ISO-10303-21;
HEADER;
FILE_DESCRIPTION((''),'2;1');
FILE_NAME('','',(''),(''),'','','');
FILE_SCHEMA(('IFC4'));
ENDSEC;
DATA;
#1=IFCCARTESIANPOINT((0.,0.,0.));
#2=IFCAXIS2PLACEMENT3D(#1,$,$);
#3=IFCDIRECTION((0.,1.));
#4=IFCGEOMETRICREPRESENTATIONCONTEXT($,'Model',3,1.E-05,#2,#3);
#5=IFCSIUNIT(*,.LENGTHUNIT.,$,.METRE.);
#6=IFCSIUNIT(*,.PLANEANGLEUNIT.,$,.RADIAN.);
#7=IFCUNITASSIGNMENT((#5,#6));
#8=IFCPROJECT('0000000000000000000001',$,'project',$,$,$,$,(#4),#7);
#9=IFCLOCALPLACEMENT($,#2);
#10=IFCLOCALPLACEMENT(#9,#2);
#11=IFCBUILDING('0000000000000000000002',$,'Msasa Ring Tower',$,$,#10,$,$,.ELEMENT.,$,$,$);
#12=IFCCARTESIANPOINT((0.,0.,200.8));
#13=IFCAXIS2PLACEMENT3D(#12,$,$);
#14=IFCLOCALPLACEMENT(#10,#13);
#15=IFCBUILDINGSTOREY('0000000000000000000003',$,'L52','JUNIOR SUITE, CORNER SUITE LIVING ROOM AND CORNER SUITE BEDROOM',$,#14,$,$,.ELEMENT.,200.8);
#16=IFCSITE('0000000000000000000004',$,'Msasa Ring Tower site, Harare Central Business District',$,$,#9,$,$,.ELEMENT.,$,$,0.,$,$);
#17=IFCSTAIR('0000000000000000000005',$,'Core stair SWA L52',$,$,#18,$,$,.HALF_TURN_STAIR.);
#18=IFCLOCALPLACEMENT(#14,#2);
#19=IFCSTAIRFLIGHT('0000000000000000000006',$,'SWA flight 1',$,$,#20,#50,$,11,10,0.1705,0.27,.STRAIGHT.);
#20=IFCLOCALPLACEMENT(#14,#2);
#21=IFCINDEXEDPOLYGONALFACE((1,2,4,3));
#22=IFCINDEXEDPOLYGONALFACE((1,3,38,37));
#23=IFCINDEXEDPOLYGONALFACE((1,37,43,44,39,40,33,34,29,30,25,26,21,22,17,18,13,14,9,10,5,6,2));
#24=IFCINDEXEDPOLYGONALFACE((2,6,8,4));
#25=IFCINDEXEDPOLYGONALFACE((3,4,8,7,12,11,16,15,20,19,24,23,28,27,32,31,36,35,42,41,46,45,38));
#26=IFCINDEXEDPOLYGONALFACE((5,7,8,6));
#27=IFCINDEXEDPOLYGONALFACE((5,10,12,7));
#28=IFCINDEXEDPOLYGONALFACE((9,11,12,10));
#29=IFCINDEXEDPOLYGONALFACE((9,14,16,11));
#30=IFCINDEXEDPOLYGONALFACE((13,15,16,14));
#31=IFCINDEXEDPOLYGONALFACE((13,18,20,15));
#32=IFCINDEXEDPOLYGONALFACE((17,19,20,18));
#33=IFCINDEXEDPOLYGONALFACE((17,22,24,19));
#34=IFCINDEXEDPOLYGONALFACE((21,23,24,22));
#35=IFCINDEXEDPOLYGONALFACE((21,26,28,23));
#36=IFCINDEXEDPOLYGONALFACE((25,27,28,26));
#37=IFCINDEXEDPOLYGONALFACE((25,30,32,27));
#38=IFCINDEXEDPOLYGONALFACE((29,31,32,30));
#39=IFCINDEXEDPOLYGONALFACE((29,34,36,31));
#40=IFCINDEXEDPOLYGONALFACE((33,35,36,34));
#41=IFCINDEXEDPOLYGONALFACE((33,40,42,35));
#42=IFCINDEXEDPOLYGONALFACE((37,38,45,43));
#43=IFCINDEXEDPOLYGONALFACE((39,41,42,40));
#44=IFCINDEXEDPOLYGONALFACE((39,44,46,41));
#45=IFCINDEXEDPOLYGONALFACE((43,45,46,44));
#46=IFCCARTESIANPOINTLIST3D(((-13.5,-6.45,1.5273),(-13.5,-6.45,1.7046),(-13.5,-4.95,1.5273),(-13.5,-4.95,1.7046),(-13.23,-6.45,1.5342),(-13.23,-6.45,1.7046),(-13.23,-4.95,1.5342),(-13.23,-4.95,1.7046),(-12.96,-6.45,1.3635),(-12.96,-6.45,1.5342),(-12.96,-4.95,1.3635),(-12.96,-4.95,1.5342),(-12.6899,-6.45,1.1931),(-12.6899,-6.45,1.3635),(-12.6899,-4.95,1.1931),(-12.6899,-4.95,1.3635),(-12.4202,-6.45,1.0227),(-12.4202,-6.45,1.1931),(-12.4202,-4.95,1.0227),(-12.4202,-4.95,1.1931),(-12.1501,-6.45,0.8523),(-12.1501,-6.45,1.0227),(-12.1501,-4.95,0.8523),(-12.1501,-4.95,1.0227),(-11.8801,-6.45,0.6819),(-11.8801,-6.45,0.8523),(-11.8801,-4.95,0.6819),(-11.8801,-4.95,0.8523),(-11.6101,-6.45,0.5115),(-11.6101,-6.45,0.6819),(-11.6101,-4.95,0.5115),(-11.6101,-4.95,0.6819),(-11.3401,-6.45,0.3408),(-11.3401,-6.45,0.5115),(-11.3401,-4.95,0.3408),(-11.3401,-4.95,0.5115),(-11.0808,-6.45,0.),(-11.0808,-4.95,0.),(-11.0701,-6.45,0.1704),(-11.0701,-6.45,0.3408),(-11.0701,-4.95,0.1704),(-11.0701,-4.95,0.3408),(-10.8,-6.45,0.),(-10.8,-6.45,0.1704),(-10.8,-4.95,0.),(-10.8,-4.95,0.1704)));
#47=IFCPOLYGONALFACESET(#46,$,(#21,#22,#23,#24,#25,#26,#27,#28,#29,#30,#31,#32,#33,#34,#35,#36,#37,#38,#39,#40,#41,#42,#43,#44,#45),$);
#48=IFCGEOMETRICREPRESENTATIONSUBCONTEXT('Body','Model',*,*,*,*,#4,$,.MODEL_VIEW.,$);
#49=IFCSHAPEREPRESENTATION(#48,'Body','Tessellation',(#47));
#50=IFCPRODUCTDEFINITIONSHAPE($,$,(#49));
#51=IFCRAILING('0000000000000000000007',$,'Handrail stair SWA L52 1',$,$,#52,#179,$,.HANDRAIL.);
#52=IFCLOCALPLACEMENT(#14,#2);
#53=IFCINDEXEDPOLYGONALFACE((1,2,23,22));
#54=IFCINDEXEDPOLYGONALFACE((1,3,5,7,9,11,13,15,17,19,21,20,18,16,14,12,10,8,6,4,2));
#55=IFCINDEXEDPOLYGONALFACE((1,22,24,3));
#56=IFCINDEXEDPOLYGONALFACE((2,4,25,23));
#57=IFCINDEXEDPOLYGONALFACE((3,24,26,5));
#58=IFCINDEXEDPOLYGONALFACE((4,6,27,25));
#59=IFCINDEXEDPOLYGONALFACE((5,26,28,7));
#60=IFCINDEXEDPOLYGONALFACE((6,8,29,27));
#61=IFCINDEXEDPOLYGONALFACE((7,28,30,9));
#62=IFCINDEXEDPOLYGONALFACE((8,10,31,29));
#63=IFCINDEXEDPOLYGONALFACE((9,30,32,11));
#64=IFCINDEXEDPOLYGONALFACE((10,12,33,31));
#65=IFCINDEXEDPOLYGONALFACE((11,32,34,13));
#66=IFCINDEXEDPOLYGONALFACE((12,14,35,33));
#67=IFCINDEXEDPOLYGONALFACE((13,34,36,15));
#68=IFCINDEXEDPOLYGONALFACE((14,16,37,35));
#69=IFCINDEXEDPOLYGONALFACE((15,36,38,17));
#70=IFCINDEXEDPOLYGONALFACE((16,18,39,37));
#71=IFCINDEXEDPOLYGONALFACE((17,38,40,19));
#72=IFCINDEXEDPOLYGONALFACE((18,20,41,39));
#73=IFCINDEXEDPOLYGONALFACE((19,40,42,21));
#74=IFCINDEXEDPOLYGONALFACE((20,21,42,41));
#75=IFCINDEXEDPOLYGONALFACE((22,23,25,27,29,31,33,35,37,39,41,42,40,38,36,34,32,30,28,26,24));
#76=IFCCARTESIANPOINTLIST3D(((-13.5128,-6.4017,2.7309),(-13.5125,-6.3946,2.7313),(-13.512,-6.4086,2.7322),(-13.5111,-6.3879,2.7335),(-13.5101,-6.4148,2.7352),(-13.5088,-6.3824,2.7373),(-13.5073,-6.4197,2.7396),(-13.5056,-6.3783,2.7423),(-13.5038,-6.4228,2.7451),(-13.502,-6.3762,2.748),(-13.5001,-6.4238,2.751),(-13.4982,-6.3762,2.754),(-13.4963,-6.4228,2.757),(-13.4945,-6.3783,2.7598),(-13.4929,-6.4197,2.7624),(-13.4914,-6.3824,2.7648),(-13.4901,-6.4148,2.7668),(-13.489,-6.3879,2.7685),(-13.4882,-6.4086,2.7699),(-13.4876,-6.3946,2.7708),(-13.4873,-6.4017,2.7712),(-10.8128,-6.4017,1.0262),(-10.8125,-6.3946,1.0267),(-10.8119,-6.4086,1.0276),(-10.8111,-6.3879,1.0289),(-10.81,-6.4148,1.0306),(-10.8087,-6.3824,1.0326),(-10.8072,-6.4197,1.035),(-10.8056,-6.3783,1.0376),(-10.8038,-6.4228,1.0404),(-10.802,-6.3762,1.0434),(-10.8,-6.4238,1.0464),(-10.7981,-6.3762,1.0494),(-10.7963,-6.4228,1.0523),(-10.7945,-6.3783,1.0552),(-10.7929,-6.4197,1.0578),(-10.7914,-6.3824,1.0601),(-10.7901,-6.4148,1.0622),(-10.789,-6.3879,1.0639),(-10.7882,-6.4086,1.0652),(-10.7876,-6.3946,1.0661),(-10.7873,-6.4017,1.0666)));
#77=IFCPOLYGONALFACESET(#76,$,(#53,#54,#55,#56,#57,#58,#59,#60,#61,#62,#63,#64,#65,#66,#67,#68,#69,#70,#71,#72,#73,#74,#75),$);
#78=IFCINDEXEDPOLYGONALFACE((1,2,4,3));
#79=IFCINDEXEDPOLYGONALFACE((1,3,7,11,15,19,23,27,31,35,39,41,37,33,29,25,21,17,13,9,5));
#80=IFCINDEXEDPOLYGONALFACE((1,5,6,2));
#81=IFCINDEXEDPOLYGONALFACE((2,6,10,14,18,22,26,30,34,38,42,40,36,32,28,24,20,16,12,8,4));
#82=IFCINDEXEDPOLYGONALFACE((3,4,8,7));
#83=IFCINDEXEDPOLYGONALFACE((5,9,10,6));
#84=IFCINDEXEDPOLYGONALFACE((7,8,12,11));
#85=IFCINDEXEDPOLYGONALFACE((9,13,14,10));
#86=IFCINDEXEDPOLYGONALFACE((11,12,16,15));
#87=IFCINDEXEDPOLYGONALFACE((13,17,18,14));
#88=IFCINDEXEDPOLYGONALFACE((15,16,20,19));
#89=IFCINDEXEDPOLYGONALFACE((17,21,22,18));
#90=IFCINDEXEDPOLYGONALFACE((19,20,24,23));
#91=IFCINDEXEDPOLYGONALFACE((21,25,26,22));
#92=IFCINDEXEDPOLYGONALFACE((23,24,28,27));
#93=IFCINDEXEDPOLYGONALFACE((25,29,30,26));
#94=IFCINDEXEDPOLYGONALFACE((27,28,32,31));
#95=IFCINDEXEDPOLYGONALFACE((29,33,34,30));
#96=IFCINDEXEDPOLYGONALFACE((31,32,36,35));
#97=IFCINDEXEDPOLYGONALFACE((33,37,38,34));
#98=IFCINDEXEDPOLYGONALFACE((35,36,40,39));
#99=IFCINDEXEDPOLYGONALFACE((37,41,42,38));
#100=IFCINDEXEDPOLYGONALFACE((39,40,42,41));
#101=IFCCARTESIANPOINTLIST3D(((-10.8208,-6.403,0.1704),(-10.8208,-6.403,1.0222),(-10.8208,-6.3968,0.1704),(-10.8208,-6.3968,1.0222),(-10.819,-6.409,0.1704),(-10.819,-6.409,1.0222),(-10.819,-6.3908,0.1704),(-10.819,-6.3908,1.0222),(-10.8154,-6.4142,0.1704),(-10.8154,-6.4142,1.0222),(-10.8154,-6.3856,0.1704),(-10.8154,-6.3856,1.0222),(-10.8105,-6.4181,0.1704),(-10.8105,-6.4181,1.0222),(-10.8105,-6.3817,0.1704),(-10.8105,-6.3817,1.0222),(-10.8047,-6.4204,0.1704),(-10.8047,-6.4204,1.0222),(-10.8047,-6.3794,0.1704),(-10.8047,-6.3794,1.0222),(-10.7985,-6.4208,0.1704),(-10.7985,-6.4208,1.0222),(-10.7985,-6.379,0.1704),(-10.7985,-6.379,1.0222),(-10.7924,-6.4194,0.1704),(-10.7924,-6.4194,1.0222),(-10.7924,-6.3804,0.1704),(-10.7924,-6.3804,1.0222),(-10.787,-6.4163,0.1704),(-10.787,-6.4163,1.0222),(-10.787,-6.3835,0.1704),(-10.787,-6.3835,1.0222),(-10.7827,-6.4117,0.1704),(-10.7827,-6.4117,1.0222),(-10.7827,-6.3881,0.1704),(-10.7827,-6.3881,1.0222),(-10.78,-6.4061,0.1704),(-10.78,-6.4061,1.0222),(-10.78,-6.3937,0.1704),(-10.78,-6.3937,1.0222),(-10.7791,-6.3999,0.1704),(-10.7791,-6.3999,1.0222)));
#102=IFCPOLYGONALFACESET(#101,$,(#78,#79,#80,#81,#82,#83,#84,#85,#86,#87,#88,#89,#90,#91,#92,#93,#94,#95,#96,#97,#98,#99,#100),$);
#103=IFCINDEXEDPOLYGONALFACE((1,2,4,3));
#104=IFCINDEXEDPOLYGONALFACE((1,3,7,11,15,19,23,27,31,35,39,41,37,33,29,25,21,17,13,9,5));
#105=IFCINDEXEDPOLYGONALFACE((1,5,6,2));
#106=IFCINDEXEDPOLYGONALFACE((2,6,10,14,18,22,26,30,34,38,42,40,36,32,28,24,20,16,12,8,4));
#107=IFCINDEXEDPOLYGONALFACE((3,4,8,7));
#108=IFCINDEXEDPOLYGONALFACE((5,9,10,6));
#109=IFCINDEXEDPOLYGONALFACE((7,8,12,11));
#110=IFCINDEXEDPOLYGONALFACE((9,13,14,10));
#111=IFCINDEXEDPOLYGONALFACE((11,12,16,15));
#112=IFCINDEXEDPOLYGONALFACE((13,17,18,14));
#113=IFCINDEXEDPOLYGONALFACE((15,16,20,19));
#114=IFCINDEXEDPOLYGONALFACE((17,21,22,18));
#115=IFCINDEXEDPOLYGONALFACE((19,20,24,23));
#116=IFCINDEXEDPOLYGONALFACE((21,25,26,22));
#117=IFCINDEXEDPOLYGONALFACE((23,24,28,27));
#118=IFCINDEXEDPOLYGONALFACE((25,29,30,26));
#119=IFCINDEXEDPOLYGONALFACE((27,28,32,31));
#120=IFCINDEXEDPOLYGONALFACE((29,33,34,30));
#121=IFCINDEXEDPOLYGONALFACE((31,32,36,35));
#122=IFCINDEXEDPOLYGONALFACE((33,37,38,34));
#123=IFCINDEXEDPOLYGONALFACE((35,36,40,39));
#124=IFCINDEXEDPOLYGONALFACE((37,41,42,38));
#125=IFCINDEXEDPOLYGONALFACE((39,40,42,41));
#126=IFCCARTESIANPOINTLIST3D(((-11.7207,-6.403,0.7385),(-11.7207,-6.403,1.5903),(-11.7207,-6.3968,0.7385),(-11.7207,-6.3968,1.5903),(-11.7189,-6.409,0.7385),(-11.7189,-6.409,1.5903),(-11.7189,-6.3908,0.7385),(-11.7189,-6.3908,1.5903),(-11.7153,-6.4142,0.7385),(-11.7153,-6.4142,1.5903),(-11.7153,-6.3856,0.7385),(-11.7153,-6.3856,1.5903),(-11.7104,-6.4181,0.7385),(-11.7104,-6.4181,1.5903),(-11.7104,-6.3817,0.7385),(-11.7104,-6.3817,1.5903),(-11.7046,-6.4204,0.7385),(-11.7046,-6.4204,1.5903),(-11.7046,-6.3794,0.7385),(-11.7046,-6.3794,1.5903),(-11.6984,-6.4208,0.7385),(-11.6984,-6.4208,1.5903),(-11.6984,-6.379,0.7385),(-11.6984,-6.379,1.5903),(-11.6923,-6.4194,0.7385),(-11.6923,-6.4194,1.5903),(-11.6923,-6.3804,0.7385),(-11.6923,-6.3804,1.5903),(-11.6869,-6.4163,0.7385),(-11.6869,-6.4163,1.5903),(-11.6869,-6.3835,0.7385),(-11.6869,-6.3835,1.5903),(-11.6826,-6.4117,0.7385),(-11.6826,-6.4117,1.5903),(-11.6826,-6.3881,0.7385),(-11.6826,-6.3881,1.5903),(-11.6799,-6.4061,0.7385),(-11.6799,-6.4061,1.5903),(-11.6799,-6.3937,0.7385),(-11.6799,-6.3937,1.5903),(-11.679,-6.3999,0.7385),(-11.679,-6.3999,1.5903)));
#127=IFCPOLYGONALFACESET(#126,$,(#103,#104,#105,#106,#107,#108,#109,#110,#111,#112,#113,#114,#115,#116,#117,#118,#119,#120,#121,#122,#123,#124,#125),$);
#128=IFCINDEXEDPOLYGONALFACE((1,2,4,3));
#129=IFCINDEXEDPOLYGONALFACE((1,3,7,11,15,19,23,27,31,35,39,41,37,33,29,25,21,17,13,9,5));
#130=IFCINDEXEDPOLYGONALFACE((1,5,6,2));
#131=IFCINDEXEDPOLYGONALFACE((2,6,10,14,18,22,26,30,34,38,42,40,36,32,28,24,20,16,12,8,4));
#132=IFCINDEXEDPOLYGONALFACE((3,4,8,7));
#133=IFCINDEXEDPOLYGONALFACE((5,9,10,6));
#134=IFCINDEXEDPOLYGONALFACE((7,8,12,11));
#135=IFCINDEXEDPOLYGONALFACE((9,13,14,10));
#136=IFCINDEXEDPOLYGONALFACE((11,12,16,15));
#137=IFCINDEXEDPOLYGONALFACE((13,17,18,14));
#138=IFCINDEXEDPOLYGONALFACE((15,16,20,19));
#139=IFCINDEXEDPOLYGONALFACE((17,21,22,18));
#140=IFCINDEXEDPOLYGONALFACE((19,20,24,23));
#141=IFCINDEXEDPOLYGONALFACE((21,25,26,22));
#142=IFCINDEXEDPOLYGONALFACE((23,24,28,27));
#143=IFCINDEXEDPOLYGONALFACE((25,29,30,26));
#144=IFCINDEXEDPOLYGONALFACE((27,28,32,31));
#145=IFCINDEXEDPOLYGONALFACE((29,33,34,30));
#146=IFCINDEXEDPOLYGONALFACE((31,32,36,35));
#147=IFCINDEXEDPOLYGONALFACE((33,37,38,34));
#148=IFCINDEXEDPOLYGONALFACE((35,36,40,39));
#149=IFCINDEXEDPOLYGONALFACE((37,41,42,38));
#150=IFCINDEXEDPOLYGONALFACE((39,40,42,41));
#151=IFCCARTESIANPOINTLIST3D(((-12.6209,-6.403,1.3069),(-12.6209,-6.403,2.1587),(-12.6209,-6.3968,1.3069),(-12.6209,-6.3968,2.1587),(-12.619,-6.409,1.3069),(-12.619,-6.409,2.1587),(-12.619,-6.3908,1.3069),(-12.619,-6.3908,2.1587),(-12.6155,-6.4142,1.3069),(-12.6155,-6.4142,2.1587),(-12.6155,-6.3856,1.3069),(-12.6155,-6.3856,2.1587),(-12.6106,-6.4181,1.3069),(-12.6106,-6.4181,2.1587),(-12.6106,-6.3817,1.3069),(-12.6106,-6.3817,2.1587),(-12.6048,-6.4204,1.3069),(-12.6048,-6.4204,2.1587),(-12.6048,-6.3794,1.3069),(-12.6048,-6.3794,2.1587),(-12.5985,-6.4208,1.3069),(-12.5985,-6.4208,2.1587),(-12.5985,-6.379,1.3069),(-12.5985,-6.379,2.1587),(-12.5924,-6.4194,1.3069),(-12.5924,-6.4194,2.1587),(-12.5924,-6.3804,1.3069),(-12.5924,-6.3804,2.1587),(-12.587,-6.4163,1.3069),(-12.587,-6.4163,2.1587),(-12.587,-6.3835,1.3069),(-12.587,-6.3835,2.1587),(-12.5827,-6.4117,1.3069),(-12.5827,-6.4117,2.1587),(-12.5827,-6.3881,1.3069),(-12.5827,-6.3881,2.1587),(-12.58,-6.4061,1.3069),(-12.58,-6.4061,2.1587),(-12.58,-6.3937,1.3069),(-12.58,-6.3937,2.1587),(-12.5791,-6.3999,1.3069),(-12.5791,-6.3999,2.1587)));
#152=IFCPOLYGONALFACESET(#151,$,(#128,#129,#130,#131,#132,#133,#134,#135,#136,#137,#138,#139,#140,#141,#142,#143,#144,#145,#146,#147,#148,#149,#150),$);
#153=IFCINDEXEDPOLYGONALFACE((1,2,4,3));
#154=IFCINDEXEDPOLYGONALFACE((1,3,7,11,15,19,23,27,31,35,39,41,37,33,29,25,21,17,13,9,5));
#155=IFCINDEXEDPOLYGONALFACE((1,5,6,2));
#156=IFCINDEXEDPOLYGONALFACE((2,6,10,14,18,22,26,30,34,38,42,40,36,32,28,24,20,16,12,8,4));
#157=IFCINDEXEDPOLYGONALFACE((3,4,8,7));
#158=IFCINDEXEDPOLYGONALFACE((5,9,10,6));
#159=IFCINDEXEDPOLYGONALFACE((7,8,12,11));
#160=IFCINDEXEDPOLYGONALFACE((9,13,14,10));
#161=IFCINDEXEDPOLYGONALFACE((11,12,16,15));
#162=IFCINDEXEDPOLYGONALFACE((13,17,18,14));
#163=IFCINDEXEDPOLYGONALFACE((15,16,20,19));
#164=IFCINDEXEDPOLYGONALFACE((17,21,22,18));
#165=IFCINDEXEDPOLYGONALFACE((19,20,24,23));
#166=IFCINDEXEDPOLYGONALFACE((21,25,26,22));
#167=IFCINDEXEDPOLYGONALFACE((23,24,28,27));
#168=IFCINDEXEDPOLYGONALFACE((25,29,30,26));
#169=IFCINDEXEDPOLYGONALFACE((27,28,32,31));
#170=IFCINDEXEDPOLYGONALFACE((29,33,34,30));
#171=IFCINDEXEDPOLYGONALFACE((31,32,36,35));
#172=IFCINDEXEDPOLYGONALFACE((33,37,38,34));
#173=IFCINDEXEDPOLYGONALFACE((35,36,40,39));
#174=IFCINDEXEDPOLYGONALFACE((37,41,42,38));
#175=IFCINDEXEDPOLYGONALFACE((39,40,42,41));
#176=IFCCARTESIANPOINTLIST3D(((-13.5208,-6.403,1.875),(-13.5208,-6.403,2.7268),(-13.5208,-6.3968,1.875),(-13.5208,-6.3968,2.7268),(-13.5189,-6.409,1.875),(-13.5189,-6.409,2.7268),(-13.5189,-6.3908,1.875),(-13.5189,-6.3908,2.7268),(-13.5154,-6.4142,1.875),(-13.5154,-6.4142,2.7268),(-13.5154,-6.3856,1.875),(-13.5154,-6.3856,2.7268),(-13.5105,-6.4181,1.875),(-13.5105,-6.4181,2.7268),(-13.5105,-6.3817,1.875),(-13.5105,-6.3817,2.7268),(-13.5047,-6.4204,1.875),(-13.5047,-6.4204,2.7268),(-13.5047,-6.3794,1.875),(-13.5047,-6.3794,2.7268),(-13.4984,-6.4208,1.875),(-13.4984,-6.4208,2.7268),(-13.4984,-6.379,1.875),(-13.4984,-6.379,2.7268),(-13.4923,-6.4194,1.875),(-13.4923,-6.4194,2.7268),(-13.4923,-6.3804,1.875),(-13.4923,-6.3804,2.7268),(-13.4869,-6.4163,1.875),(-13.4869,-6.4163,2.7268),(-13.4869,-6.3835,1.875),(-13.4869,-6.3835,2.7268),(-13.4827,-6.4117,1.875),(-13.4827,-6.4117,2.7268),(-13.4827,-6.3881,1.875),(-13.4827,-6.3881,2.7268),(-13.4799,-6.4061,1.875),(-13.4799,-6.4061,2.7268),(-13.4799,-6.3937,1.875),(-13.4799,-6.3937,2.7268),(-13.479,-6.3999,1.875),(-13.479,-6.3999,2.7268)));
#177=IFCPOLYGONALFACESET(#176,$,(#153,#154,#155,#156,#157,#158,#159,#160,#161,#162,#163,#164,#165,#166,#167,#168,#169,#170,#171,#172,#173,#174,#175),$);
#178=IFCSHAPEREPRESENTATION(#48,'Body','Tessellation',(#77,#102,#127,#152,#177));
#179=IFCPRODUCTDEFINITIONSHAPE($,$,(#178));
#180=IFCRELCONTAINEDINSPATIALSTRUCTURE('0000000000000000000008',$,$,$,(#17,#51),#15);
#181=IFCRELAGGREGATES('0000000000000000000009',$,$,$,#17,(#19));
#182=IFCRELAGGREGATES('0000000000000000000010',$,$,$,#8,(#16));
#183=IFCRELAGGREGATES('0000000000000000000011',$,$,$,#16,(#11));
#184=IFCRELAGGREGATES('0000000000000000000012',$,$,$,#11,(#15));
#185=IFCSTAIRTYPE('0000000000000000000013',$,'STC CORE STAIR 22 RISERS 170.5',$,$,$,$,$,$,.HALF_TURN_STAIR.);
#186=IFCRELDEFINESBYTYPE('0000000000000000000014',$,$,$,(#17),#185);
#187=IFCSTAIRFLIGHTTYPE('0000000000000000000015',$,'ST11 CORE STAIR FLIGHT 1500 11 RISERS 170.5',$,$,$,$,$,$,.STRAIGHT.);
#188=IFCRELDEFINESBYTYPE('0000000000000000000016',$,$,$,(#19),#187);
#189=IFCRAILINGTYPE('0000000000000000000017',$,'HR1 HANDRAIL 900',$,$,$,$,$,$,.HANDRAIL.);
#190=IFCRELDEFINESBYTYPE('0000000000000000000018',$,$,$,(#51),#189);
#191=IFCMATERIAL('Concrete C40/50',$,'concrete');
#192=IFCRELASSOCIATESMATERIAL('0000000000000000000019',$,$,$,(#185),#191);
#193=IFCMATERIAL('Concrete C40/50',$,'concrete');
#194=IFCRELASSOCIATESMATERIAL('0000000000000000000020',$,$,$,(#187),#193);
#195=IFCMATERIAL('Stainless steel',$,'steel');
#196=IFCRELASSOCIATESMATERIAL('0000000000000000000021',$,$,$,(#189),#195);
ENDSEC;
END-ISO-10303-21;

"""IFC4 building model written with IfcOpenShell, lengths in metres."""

from ifc_helpers import new_model, si_unit, direction, frame, origin, origin_2d, place, context, subcontext, project, spatial, polyline, circle, outline, extrude, material, type_object, element, aggregate, save


model = new_model("IFC4")

# Units and contexts
model_context = context("Model", 3, precision=1e-05, world=origin(), true_north=direction((0.0, 1.0)))
body_context = subcontext(model_context, "Body", "Model", "MODEL_VIEW")
ifc_project = project(units=[si_unit("LENGTHUNIT", "METRE"), si_unit("PLANEANGLEUNIT", "RADIAN")], contexts=[model_context])

# Site, building, storey
site_placement = place(None, origin())
site = spatial("IfcSite", under=ifc_project, at=site_placement, Name="Msasa Ring Tower site, Harare Central Business District", CompositionType="ELEMENT", RefElevation=0.0)
building_placement = place(site_placement, origin())
building = spatial("IfcBuilding", under=site, at=building_placement, Name="Msasa Ring Tower", CompositionType="ELEMENT")
storey_placement = place(building_placement, frame((0.0, 0.0, 200.8)))
storey = spatial("IfcBuildingStorey", under=building, at=storey_placement, Name="L52", Description="JUNIOR SUITE, CORNER SUITE LIVING ROOM AND CORNER SUITE BEDROOM", CompositionType="ELEMENT", Elevation=200.8)

# Stair, stair flight
ifc_material_1 = material(Name="Concrete C40/50", Category="concrete")
stair_type = type_object("IfcStairType", Name="STC CORE STAIR 22 RISERS 170.5", PredefinedType="HALF_TURN_STAIR", material=ifc_material_1)
stair_placement = place(storey_placement, origin())
stair = element("IfcStair", 1, at=stair_placement, inside=storey, type_object=stair_type, Name="Core stair SWA L52", PredefinedType="HALF_TURN_STAIR")
ifc_material_2 = material(Name="Concrete C40/50", Category="concrete")
stair_flight_type = type_object("IfcStairFlightType", Name="ST11 CORE STAIR FLIGHT 1500 11 RISERS 170.5", PredefinedType="STRAIGHT", material=ifc_material_2)
stair_flight_placement = place(storey_placement, frame((-10.8, -5.7, 0.0), z_axis=(0.0, 0.0, 1.0), x_axis=(-1.0, 0.0, 0.0)))
stair_flight = element("IfcStairFlight", 2, at=stair_flight_placement, type_object=stair_flight_type, Name="SWA flight 1", NumberOfRisers=11, NumberOfTreads=10, PredefinedType="STRAIGHT", RiserHeight=0.1705, TreadLength=0.27, context=body_context, shape_type="SweptSolid", body=[
    extrude(outline(polyline([(0.0, 0.0), (0.0, 0.1704), (0.27, 0.1704), (0.27, 0.3408), (0.54, 0.3408), (0.54, 0.5115), (0.8101, 0.5115), (0.8101, 0.6819), (1.0801, 0.6819), (1.0801, 0.8523), (1.3501, 0.8523), (1.3501, 1.0227), (1.6201, 1.0227), (1.6201, 1.1931), (1.8899, 1.1931), (1.8899, 1.3635), (2.1599, 1.3635), (2.1599, 1.5342), (2.4299, 1.5342), (2.4299, 1.7046), (2.7, 1.7046), (2.7, 1.875), (2.7, 1.5273), (0.2808, 0.0), (0.0, 0.0)])), frame((0.0, 0.75, 0.0), z_axis=(0.0, -1.0, 0.0), x_axis=(1.0, 0.0, 0.0)), (0.0, 0.0, 1.0), 1.5),
])
aggregate(stair, [stair_flight])

# Railing
ifc_material_3 = material(Name="Stainless steel", Category="steel")
railing_type = type_object("IfcRailingType", Name="HR1 HANDRAIL 900", PredefinedType="HANDRAIL", material=ifc_material_3)
for number, where, name in (
    (3, (-10.8, -6.3999, 0.1704), "Handrail stair SWA L52 1"),
):
    element("IfcRailing", number, at=place(storey_placement, frame(where)), inside=storey, type_object=railing_type, Name=name, PredefinedType="HANDRAIL", context=body_context, shape_type="SweptSolid", body=[
        extrude(circle(Radius=0.0239, at=origin_2d()), frame((0.0, 0.0, 0.876), z_axis=(-0.84558, 0.0, 0.533849), x_axis=(0.0, -1.0, 0.0)), (0.0, 0.0, 1.0), 3.1931),
        extrude(circle(Radius=0.021, at=origin_2d()), origin(), (0.0, 0.0, 1.0), 0.8518),
        extrude(circle(Radius=0.021, at=origin_2d()), frame((-0.8999, 0.0, 0.5681)), (0.0, 0.0, 1.0), 0.8518),
        extrude(circle(Radius=0.021, at=origin_2d()), frame((-1.8, 0.0, 1.1365)), (0.0, 0.0, 1.0), 0.8518),
        extrude(circle(Radius=0.021, at=origin_2d()), frame((-2.7, 0.0, 1.7046)), (0.0, 0.0, 1.0), 0.8518),
    ])

save(model, "model.ifc")
